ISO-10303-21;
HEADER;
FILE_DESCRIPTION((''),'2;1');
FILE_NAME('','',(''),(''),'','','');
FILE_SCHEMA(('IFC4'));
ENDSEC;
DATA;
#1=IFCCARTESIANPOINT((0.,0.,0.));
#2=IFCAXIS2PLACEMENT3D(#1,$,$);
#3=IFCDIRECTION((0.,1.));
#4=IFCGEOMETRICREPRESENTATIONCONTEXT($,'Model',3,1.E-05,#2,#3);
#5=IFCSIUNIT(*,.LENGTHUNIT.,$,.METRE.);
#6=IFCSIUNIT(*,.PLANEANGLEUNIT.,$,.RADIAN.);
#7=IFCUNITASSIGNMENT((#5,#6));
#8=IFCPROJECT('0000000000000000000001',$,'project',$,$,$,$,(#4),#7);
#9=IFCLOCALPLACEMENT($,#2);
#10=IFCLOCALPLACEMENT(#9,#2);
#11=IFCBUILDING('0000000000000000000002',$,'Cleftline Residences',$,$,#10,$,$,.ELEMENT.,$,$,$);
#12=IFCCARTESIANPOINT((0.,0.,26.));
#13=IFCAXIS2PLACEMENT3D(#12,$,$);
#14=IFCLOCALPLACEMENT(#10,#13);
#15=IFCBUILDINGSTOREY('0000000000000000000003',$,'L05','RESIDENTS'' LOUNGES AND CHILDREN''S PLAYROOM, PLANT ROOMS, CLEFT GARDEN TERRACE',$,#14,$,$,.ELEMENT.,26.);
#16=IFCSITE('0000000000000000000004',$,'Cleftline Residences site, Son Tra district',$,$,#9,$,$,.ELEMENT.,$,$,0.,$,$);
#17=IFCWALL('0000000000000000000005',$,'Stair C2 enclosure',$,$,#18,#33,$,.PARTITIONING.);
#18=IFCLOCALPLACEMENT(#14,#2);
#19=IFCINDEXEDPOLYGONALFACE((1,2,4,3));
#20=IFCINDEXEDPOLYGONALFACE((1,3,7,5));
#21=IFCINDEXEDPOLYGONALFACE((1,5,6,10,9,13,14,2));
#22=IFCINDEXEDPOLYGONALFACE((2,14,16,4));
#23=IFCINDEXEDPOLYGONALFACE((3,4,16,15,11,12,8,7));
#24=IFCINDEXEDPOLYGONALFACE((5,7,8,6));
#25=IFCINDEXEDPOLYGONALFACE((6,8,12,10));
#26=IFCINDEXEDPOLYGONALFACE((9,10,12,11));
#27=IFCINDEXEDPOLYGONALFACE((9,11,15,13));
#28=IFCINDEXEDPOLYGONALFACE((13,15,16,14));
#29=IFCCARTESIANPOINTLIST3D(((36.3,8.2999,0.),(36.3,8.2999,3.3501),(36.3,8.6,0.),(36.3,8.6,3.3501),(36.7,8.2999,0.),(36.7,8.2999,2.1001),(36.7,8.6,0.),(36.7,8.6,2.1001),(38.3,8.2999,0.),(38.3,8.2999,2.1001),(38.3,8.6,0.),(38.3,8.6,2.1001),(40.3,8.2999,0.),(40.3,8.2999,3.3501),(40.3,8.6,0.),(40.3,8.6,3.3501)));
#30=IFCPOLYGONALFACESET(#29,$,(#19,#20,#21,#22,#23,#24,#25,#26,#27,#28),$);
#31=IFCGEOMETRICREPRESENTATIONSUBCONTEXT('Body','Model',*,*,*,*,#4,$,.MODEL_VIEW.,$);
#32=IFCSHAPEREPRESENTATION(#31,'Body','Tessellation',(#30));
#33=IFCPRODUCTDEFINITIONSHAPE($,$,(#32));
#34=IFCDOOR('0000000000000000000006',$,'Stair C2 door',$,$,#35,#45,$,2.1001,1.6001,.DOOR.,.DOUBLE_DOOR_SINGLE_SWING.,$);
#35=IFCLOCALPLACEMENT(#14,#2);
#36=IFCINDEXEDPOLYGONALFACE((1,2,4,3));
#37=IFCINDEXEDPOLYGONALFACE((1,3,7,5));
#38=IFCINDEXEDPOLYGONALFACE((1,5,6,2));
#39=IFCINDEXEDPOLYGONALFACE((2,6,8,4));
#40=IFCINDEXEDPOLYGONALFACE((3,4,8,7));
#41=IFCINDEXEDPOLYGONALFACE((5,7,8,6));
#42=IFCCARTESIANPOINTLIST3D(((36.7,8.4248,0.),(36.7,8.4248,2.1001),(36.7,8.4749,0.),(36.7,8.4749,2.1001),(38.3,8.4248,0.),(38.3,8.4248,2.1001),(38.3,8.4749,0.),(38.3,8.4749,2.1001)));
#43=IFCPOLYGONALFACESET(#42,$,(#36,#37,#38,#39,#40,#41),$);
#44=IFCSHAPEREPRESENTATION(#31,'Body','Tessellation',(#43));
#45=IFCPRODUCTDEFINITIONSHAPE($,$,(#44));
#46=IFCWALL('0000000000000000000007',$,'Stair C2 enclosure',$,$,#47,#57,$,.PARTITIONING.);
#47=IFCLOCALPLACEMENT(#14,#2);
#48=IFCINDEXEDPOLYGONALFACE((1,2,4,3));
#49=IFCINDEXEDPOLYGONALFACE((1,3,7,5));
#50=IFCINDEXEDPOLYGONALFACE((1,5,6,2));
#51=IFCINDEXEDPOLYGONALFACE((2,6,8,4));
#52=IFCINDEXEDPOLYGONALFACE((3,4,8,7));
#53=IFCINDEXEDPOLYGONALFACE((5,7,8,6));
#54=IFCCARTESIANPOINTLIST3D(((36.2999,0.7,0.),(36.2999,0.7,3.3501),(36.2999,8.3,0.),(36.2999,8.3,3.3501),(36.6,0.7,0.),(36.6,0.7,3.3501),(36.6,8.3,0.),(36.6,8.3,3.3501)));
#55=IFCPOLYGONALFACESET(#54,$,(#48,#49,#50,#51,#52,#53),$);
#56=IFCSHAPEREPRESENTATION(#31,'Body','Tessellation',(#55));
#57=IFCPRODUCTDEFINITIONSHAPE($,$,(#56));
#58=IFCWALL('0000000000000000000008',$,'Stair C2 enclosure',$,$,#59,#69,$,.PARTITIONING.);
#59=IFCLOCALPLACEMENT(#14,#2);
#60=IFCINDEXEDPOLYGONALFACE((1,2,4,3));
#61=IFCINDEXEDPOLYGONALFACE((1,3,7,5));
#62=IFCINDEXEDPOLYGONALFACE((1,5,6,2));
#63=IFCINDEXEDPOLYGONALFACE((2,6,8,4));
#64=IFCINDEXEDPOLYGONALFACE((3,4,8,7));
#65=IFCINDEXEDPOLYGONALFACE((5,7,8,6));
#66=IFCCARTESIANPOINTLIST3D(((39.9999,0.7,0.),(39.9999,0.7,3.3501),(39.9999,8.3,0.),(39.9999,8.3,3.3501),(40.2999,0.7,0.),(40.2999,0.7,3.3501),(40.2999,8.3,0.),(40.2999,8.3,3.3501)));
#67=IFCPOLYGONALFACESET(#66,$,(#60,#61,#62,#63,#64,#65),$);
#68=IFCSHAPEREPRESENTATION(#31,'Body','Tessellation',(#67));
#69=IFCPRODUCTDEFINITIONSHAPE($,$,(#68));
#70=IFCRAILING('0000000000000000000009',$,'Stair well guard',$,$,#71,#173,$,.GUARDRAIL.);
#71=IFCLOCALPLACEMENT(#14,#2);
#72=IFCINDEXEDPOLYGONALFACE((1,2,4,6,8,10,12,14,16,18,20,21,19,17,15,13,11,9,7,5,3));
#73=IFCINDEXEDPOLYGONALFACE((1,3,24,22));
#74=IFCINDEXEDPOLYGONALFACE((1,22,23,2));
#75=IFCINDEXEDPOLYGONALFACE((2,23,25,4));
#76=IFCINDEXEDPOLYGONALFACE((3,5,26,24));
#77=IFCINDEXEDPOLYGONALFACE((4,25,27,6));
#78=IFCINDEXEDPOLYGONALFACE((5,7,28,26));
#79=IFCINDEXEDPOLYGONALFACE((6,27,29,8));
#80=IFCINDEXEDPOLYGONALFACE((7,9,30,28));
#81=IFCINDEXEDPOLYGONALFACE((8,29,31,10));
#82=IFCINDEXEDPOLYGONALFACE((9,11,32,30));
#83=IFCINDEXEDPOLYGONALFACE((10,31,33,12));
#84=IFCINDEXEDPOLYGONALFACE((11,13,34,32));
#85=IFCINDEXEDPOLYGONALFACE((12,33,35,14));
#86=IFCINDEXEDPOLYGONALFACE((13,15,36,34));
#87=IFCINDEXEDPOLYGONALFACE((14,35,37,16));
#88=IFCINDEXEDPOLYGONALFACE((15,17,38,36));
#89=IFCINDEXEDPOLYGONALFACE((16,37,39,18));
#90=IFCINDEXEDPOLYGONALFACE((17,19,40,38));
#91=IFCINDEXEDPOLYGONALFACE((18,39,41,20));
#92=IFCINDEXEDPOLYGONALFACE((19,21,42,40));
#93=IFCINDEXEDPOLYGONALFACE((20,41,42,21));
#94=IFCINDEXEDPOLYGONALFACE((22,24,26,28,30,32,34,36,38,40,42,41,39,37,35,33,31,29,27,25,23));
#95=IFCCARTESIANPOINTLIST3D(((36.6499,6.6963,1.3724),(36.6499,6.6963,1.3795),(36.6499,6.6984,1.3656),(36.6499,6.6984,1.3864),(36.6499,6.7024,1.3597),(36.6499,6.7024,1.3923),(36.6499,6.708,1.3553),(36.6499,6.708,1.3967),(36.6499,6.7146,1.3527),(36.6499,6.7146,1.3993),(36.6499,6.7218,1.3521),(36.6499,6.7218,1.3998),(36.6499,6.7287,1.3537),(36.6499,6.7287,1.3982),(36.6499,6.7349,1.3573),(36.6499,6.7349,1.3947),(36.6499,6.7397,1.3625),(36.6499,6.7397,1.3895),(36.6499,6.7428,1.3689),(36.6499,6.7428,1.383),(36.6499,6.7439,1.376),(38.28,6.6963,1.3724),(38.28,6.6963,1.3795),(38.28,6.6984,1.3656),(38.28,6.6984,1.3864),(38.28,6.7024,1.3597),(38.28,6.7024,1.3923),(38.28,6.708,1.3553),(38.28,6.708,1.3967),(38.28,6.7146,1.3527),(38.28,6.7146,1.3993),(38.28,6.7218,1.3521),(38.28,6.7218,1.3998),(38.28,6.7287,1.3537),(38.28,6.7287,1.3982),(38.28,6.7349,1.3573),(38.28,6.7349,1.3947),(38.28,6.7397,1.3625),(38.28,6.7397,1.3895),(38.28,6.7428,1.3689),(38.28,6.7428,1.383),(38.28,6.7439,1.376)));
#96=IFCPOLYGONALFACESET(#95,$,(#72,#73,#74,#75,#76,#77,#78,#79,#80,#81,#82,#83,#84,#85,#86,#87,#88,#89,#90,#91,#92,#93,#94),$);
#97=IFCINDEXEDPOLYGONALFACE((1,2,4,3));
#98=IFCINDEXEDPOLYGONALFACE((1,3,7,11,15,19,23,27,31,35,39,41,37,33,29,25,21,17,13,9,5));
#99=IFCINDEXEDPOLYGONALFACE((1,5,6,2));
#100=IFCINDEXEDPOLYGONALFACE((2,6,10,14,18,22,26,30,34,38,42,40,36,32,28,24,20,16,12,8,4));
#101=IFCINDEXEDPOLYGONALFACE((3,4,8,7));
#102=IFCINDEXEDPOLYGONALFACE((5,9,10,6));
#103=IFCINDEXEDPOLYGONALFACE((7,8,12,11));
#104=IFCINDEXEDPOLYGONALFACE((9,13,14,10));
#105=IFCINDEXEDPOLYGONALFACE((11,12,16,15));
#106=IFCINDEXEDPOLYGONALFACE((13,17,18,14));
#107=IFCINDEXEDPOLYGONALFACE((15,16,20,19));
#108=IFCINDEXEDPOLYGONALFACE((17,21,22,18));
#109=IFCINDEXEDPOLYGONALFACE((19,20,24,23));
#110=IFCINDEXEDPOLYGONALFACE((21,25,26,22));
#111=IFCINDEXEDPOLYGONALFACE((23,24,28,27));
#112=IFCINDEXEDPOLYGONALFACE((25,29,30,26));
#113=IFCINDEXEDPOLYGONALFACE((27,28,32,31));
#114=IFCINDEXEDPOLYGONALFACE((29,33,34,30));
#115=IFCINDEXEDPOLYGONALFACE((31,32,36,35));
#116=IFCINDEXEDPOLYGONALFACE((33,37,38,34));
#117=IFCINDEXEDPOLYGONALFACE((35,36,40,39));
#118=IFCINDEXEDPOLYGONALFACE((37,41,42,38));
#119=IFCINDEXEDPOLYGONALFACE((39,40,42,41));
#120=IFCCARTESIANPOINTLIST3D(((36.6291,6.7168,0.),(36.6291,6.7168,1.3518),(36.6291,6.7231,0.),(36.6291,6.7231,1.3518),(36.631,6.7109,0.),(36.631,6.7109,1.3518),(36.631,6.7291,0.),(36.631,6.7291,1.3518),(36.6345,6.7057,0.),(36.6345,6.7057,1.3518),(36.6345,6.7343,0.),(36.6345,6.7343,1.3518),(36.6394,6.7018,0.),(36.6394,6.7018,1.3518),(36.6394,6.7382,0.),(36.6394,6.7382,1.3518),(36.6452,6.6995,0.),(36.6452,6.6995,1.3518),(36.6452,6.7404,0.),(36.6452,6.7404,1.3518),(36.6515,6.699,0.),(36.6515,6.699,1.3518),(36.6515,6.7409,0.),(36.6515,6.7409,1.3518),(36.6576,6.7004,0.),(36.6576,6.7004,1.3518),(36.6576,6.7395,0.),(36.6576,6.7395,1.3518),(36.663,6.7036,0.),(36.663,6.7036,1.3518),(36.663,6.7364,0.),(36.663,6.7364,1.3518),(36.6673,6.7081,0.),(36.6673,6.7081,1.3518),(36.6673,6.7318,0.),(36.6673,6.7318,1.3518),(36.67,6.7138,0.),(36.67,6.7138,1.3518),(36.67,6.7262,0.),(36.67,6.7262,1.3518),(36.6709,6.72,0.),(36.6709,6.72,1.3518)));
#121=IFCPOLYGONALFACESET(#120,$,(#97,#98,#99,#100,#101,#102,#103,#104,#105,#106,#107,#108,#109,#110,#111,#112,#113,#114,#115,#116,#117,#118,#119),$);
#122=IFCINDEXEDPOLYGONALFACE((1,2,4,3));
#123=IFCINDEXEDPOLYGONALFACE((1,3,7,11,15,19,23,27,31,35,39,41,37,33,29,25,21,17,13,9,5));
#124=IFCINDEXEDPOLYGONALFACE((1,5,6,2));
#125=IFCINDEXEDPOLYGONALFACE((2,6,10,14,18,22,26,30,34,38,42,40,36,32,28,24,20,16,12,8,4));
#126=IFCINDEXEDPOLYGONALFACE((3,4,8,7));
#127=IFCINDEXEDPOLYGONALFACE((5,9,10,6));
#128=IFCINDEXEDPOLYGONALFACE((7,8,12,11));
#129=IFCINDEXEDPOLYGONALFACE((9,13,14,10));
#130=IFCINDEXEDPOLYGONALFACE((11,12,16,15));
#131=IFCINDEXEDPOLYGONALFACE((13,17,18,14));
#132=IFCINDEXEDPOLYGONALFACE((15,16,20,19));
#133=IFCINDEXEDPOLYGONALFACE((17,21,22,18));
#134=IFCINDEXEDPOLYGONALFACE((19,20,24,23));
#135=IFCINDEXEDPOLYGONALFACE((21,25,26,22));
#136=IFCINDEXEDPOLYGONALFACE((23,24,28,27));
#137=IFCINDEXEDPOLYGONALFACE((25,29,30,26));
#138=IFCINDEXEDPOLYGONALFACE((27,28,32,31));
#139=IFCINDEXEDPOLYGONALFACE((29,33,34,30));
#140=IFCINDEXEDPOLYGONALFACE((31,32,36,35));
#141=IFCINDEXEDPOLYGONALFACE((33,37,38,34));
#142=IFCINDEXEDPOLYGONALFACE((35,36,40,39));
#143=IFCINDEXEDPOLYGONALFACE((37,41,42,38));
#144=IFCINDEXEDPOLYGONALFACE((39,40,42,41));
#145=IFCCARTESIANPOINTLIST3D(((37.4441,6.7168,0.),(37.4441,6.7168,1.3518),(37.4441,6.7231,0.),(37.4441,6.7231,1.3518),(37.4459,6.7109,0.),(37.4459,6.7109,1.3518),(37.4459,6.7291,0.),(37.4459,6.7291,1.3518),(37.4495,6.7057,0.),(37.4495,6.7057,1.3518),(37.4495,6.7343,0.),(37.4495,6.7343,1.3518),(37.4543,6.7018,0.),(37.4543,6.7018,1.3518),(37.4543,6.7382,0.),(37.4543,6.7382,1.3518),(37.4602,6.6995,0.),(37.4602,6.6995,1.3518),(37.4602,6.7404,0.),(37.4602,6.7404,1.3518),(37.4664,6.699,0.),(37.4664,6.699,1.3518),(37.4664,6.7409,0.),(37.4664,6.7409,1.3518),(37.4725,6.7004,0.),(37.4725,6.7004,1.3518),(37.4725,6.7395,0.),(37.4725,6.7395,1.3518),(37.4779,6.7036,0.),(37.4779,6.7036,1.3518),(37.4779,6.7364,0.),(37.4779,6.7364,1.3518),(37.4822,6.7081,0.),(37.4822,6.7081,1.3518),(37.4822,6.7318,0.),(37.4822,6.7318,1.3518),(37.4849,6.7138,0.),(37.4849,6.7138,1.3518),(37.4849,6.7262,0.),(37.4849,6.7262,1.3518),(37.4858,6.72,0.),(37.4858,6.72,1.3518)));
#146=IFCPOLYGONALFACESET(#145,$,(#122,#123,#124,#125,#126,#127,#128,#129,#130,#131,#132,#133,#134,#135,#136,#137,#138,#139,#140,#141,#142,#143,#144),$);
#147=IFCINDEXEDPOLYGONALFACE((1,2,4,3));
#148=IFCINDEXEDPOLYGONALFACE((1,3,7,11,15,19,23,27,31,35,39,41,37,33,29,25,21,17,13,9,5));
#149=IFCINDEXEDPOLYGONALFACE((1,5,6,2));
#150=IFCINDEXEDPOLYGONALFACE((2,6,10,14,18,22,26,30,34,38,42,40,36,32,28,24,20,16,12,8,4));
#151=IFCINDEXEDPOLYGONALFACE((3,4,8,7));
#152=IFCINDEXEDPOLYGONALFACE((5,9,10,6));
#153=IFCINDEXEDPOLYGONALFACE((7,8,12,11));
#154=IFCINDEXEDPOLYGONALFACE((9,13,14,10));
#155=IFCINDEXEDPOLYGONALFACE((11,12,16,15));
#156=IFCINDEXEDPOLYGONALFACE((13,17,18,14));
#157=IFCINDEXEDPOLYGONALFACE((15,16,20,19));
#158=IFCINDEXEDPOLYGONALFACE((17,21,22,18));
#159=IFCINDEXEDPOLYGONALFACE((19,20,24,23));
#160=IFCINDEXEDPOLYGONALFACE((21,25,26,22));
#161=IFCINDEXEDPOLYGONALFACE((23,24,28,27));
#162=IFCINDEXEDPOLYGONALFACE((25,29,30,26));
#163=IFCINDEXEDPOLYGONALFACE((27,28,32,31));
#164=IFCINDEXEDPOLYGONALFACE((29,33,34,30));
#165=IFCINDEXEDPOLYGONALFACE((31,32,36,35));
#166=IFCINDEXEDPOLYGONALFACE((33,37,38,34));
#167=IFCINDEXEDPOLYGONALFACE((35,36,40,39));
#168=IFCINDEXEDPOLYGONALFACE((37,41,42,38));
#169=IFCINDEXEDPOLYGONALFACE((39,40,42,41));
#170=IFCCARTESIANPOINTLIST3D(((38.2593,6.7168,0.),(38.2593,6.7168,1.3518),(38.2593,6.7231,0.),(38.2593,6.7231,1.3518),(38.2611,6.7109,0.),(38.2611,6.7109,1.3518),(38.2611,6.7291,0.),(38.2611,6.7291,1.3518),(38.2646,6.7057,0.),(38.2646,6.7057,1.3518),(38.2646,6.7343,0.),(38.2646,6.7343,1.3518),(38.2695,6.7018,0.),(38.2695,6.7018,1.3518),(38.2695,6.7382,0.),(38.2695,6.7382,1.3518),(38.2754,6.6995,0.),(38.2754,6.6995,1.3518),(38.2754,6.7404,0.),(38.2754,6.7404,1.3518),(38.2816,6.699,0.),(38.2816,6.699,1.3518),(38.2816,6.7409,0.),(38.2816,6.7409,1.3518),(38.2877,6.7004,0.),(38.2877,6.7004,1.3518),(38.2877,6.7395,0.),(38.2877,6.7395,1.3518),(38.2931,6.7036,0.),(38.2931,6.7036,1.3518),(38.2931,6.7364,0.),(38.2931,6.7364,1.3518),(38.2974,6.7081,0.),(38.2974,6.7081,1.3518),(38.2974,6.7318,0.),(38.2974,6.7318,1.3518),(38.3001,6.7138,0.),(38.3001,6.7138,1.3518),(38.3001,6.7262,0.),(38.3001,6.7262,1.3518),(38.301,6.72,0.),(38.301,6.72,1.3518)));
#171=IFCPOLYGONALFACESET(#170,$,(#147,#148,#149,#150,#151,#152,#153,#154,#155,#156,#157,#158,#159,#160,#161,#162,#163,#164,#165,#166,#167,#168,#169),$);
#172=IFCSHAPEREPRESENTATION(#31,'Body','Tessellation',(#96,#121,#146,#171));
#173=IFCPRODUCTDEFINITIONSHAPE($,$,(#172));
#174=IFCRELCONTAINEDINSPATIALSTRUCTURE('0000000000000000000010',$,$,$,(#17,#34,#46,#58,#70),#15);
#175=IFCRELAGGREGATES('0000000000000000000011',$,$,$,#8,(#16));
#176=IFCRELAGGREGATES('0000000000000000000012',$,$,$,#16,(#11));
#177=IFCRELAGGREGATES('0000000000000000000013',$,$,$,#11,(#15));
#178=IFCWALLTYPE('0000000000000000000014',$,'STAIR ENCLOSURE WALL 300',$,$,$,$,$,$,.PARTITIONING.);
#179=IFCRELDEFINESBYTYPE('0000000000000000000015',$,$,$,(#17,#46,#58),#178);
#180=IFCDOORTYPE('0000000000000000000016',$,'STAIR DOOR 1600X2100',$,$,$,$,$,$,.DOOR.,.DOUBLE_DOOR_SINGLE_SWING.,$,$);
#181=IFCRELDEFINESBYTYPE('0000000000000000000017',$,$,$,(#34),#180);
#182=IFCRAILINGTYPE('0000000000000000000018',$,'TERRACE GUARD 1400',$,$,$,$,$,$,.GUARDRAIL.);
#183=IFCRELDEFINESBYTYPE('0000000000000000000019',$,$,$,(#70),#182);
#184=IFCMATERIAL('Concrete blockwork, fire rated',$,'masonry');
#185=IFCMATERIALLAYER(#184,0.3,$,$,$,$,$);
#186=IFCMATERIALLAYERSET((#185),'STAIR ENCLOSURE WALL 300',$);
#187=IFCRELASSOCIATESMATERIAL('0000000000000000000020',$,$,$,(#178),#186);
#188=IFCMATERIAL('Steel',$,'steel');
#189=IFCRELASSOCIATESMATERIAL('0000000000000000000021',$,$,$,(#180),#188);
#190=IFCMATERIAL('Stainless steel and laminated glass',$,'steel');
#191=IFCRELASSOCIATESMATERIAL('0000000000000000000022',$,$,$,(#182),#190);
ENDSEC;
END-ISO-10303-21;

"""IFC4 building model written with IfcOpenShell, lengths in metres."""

from ifc_helpers import new_model, si_unit, direction, frame, frame_2d, origin, origin_2d, place, context, subcontext, project, spatial, rectangle, circle, extrude, material, layer, layer_set, type_object, element, fill, save


model = new_model("IFC4")

# Units and contexts
model_context = context("Model", 3, precision=1e-05, world=origin(), true_north=direction((0.0, 1.0)))
body_context = subcontext(model_context, "Body", "Model", "MODEL_VIEW")
ifc_project = project(units=[si_unit("LENGTHUNIT", "METRE"), si_unit("PLANEANGLEUNIT", "RADIAN")], contexts=[model_context])

# Site, building, storey
site_placement = place(None, origin())
site = spatial("IfcSite", under=ifc_project, at=site_placement, Name="Cleftline Residences site, Son Tra district", CompositionType="ELEMENT", RefElevation=0.0)
building_placement = place(site_placement, origin())
building = spatial("IfcBuilding", under=site, at=building_placement, Name="Cleftline Residences", CompositionType="ELEMENT")
storey_placement = place(building_placement, frame((0.0, 0.0, 26.0)))
storey = spatial("IfcBuildingStorey", under=building, at=storey_placement, Name="L05", Description="RESIDENTS' LOUNGES AND CHILDREN'S PLAYROOM, PLANT ROOMS, CLEFT GARDEN TERRACE", CompositionType="ELEMENT", Elevation=26.0)

# Shared definitions
ifc_material_1 = material(Name="Concrete blockwork, fire rated", Category="masonry")
ifc_layer_1 = layer(ifc_material_1, 0.3)
ifc_layer_set_1 = layer_set([ifc_layer_1], Name="STAIR ENCLOSURE WALL 300")
wall_type_1 = type_object("IfcWallType", Name="STAIR ENCLOSURE WALL 300", PredefinedType="PARTITIONING", material=ifc_layer_set_1)

# Wall, opening, door
wall_1_placement = place(storey_placement, frame((36.3, 8.45, 0.0), z_axis=(0.0, 0.0, 1.0), x_axis=(1.0, 0.0, 0.0)))
wall_1 = element("IfcWall", 1, at=wall_1_placement, inside=storey, type_object=wall_type_1, Name="Stair C2 enclosure", PredefinedType="PARTITIONING", context=body_context, shape_type="SweptSolid", body=[
    extrude(rectangle(XDim=4.0, YDim=0.3, at=frame_2d((2.0, 0.0))), origin(), (0.0, 0.0, 1.0), 3.3501),
])
opening_1_placement = place(wall_1_placement, frame((0.3999, 0.0, 0.0)))
opening_1 = element("IfcOpeningElement", 2, at=opening_1_placement, cuts=wall_1, PredefinedType="OPENING", context=body_context, shape_type="SweptSolid", body=[
    extrude(rectangle(XDim=1.6001, YDim=2.1001, at=frame_2d((0.8, 1.05))), frame((0.0, 0.1599, 0.0), z_axis=(0.0, -1.0, 0.0), x_axis=(1.0, 0.0, 0.0)), (0.0, 0.0, 1.0), 0.3201),
])
ifc_material_2 = material(Name="Steel", Category="steel")
door_type_1 = type_object("IfcDoorType", Name="STAIR DOOR 1600X2100", OperationType="DOUBLE_DOOR_SINGLE_SWING", PredefinedType="DOOR", material=ifc_material_2)
door_1_placement = place(opening_1_placement, origin())
door_1 = element("IfcDoor", 3, at=door_1_placement, inside=storey, type_object=door_type_1, Name="Stair C2 door", OperationType="DOUBLE_DOOR_SINGLE_SWING", OverallHeight=2.1001, OverallWidth=1.6001, PredefinedType="DOOR", context=body_context, shape_type="SweptSolid", body=[
    extrude(rectangle(XDim=1.6001, YDim=2.1001, at=frame_2d((0.8, 1.05))), frame((0.0, 0.0249, 0.0), z_axis=(0.0, -1.0, 0.0), x_axis=(1.0, 0.0, 0.0)), (0.0, 0.0, 1.0), 0.05),
])
fill(opening_1, door_1)

# Walls
for number, where, z_axis, x_axis, name in (
    (4, (36.45, 0.7, 0.0), (0.0, 0.0, 1.0), (0.0, 1.0, 0.0), "Stair C2 enclosure"),
    (5, (40.1499, 0.7, 0.0), (0.0, 0.0, 1.0), (0.0, 1.0, 0.0), "Stair C2 enclosure"),
):
    element("IfcWall", number, at=place(storey_placement, frame(where, z_axis=z_axis, x_axis=x_axis)), inside=storey, type_object=wall_type_1, Name=name, PredefinedType="PARTITIONING", context=body_context, shape_type="SweptSolid", body=[
        extrude(rectangle(XDim=7.6001, YDim=0.3, at=frame_2d((3.8, 0.0))), origin(), (0.0, 0.0, 1.0), 3.3501),
    ])

# Railing
ifc_material_3 = material(Name="Stainless steel and laminated glass", Category="steel")
railing_type = type_object("IfcRailingType", Name="TERRACE GUARD 1400", PredefinedType="GUARDRAIL", material=ifc_material_3)
railing_1_placement = place(storey_placement, frame((36.6499, 6.72, 0.0)))
element("IfcRailing", 6, at=railing_1_placement, inside=storey, type_object=railing_type, Name="Stair well guard", PredefinedType="GUARDRAIL", context=body_context, shape_type="SweptSolid", body=[
    extrude(circle(Radius=0.0239, at=origin_2d()), frame((0.0, 0.0, 1.376), z_axis=(1.0, 0.0, 0.0), x_axis=(0.0, 1.0, 0.0)), (0.0, 0.0, 1.0), 1.6301),
    extrude(circle(Radius=0.021, at=origin_2d()), origin(), (0.0, 0.0, 1.0), 1.3518),
    extrude(circle(Radius=0.021, at=origin_2d()), frame((0.8149, 0.0, 0.0)), (0.0, 0.0, 1.0), 1.3518),
    extrude(circle(Radius=0.021, at=origin_2d()), frame((1.6301, 0.0, 0.0)), (0.0, 0.0, 1.0), 1.3518),
])

save(model, "model.ifc")
